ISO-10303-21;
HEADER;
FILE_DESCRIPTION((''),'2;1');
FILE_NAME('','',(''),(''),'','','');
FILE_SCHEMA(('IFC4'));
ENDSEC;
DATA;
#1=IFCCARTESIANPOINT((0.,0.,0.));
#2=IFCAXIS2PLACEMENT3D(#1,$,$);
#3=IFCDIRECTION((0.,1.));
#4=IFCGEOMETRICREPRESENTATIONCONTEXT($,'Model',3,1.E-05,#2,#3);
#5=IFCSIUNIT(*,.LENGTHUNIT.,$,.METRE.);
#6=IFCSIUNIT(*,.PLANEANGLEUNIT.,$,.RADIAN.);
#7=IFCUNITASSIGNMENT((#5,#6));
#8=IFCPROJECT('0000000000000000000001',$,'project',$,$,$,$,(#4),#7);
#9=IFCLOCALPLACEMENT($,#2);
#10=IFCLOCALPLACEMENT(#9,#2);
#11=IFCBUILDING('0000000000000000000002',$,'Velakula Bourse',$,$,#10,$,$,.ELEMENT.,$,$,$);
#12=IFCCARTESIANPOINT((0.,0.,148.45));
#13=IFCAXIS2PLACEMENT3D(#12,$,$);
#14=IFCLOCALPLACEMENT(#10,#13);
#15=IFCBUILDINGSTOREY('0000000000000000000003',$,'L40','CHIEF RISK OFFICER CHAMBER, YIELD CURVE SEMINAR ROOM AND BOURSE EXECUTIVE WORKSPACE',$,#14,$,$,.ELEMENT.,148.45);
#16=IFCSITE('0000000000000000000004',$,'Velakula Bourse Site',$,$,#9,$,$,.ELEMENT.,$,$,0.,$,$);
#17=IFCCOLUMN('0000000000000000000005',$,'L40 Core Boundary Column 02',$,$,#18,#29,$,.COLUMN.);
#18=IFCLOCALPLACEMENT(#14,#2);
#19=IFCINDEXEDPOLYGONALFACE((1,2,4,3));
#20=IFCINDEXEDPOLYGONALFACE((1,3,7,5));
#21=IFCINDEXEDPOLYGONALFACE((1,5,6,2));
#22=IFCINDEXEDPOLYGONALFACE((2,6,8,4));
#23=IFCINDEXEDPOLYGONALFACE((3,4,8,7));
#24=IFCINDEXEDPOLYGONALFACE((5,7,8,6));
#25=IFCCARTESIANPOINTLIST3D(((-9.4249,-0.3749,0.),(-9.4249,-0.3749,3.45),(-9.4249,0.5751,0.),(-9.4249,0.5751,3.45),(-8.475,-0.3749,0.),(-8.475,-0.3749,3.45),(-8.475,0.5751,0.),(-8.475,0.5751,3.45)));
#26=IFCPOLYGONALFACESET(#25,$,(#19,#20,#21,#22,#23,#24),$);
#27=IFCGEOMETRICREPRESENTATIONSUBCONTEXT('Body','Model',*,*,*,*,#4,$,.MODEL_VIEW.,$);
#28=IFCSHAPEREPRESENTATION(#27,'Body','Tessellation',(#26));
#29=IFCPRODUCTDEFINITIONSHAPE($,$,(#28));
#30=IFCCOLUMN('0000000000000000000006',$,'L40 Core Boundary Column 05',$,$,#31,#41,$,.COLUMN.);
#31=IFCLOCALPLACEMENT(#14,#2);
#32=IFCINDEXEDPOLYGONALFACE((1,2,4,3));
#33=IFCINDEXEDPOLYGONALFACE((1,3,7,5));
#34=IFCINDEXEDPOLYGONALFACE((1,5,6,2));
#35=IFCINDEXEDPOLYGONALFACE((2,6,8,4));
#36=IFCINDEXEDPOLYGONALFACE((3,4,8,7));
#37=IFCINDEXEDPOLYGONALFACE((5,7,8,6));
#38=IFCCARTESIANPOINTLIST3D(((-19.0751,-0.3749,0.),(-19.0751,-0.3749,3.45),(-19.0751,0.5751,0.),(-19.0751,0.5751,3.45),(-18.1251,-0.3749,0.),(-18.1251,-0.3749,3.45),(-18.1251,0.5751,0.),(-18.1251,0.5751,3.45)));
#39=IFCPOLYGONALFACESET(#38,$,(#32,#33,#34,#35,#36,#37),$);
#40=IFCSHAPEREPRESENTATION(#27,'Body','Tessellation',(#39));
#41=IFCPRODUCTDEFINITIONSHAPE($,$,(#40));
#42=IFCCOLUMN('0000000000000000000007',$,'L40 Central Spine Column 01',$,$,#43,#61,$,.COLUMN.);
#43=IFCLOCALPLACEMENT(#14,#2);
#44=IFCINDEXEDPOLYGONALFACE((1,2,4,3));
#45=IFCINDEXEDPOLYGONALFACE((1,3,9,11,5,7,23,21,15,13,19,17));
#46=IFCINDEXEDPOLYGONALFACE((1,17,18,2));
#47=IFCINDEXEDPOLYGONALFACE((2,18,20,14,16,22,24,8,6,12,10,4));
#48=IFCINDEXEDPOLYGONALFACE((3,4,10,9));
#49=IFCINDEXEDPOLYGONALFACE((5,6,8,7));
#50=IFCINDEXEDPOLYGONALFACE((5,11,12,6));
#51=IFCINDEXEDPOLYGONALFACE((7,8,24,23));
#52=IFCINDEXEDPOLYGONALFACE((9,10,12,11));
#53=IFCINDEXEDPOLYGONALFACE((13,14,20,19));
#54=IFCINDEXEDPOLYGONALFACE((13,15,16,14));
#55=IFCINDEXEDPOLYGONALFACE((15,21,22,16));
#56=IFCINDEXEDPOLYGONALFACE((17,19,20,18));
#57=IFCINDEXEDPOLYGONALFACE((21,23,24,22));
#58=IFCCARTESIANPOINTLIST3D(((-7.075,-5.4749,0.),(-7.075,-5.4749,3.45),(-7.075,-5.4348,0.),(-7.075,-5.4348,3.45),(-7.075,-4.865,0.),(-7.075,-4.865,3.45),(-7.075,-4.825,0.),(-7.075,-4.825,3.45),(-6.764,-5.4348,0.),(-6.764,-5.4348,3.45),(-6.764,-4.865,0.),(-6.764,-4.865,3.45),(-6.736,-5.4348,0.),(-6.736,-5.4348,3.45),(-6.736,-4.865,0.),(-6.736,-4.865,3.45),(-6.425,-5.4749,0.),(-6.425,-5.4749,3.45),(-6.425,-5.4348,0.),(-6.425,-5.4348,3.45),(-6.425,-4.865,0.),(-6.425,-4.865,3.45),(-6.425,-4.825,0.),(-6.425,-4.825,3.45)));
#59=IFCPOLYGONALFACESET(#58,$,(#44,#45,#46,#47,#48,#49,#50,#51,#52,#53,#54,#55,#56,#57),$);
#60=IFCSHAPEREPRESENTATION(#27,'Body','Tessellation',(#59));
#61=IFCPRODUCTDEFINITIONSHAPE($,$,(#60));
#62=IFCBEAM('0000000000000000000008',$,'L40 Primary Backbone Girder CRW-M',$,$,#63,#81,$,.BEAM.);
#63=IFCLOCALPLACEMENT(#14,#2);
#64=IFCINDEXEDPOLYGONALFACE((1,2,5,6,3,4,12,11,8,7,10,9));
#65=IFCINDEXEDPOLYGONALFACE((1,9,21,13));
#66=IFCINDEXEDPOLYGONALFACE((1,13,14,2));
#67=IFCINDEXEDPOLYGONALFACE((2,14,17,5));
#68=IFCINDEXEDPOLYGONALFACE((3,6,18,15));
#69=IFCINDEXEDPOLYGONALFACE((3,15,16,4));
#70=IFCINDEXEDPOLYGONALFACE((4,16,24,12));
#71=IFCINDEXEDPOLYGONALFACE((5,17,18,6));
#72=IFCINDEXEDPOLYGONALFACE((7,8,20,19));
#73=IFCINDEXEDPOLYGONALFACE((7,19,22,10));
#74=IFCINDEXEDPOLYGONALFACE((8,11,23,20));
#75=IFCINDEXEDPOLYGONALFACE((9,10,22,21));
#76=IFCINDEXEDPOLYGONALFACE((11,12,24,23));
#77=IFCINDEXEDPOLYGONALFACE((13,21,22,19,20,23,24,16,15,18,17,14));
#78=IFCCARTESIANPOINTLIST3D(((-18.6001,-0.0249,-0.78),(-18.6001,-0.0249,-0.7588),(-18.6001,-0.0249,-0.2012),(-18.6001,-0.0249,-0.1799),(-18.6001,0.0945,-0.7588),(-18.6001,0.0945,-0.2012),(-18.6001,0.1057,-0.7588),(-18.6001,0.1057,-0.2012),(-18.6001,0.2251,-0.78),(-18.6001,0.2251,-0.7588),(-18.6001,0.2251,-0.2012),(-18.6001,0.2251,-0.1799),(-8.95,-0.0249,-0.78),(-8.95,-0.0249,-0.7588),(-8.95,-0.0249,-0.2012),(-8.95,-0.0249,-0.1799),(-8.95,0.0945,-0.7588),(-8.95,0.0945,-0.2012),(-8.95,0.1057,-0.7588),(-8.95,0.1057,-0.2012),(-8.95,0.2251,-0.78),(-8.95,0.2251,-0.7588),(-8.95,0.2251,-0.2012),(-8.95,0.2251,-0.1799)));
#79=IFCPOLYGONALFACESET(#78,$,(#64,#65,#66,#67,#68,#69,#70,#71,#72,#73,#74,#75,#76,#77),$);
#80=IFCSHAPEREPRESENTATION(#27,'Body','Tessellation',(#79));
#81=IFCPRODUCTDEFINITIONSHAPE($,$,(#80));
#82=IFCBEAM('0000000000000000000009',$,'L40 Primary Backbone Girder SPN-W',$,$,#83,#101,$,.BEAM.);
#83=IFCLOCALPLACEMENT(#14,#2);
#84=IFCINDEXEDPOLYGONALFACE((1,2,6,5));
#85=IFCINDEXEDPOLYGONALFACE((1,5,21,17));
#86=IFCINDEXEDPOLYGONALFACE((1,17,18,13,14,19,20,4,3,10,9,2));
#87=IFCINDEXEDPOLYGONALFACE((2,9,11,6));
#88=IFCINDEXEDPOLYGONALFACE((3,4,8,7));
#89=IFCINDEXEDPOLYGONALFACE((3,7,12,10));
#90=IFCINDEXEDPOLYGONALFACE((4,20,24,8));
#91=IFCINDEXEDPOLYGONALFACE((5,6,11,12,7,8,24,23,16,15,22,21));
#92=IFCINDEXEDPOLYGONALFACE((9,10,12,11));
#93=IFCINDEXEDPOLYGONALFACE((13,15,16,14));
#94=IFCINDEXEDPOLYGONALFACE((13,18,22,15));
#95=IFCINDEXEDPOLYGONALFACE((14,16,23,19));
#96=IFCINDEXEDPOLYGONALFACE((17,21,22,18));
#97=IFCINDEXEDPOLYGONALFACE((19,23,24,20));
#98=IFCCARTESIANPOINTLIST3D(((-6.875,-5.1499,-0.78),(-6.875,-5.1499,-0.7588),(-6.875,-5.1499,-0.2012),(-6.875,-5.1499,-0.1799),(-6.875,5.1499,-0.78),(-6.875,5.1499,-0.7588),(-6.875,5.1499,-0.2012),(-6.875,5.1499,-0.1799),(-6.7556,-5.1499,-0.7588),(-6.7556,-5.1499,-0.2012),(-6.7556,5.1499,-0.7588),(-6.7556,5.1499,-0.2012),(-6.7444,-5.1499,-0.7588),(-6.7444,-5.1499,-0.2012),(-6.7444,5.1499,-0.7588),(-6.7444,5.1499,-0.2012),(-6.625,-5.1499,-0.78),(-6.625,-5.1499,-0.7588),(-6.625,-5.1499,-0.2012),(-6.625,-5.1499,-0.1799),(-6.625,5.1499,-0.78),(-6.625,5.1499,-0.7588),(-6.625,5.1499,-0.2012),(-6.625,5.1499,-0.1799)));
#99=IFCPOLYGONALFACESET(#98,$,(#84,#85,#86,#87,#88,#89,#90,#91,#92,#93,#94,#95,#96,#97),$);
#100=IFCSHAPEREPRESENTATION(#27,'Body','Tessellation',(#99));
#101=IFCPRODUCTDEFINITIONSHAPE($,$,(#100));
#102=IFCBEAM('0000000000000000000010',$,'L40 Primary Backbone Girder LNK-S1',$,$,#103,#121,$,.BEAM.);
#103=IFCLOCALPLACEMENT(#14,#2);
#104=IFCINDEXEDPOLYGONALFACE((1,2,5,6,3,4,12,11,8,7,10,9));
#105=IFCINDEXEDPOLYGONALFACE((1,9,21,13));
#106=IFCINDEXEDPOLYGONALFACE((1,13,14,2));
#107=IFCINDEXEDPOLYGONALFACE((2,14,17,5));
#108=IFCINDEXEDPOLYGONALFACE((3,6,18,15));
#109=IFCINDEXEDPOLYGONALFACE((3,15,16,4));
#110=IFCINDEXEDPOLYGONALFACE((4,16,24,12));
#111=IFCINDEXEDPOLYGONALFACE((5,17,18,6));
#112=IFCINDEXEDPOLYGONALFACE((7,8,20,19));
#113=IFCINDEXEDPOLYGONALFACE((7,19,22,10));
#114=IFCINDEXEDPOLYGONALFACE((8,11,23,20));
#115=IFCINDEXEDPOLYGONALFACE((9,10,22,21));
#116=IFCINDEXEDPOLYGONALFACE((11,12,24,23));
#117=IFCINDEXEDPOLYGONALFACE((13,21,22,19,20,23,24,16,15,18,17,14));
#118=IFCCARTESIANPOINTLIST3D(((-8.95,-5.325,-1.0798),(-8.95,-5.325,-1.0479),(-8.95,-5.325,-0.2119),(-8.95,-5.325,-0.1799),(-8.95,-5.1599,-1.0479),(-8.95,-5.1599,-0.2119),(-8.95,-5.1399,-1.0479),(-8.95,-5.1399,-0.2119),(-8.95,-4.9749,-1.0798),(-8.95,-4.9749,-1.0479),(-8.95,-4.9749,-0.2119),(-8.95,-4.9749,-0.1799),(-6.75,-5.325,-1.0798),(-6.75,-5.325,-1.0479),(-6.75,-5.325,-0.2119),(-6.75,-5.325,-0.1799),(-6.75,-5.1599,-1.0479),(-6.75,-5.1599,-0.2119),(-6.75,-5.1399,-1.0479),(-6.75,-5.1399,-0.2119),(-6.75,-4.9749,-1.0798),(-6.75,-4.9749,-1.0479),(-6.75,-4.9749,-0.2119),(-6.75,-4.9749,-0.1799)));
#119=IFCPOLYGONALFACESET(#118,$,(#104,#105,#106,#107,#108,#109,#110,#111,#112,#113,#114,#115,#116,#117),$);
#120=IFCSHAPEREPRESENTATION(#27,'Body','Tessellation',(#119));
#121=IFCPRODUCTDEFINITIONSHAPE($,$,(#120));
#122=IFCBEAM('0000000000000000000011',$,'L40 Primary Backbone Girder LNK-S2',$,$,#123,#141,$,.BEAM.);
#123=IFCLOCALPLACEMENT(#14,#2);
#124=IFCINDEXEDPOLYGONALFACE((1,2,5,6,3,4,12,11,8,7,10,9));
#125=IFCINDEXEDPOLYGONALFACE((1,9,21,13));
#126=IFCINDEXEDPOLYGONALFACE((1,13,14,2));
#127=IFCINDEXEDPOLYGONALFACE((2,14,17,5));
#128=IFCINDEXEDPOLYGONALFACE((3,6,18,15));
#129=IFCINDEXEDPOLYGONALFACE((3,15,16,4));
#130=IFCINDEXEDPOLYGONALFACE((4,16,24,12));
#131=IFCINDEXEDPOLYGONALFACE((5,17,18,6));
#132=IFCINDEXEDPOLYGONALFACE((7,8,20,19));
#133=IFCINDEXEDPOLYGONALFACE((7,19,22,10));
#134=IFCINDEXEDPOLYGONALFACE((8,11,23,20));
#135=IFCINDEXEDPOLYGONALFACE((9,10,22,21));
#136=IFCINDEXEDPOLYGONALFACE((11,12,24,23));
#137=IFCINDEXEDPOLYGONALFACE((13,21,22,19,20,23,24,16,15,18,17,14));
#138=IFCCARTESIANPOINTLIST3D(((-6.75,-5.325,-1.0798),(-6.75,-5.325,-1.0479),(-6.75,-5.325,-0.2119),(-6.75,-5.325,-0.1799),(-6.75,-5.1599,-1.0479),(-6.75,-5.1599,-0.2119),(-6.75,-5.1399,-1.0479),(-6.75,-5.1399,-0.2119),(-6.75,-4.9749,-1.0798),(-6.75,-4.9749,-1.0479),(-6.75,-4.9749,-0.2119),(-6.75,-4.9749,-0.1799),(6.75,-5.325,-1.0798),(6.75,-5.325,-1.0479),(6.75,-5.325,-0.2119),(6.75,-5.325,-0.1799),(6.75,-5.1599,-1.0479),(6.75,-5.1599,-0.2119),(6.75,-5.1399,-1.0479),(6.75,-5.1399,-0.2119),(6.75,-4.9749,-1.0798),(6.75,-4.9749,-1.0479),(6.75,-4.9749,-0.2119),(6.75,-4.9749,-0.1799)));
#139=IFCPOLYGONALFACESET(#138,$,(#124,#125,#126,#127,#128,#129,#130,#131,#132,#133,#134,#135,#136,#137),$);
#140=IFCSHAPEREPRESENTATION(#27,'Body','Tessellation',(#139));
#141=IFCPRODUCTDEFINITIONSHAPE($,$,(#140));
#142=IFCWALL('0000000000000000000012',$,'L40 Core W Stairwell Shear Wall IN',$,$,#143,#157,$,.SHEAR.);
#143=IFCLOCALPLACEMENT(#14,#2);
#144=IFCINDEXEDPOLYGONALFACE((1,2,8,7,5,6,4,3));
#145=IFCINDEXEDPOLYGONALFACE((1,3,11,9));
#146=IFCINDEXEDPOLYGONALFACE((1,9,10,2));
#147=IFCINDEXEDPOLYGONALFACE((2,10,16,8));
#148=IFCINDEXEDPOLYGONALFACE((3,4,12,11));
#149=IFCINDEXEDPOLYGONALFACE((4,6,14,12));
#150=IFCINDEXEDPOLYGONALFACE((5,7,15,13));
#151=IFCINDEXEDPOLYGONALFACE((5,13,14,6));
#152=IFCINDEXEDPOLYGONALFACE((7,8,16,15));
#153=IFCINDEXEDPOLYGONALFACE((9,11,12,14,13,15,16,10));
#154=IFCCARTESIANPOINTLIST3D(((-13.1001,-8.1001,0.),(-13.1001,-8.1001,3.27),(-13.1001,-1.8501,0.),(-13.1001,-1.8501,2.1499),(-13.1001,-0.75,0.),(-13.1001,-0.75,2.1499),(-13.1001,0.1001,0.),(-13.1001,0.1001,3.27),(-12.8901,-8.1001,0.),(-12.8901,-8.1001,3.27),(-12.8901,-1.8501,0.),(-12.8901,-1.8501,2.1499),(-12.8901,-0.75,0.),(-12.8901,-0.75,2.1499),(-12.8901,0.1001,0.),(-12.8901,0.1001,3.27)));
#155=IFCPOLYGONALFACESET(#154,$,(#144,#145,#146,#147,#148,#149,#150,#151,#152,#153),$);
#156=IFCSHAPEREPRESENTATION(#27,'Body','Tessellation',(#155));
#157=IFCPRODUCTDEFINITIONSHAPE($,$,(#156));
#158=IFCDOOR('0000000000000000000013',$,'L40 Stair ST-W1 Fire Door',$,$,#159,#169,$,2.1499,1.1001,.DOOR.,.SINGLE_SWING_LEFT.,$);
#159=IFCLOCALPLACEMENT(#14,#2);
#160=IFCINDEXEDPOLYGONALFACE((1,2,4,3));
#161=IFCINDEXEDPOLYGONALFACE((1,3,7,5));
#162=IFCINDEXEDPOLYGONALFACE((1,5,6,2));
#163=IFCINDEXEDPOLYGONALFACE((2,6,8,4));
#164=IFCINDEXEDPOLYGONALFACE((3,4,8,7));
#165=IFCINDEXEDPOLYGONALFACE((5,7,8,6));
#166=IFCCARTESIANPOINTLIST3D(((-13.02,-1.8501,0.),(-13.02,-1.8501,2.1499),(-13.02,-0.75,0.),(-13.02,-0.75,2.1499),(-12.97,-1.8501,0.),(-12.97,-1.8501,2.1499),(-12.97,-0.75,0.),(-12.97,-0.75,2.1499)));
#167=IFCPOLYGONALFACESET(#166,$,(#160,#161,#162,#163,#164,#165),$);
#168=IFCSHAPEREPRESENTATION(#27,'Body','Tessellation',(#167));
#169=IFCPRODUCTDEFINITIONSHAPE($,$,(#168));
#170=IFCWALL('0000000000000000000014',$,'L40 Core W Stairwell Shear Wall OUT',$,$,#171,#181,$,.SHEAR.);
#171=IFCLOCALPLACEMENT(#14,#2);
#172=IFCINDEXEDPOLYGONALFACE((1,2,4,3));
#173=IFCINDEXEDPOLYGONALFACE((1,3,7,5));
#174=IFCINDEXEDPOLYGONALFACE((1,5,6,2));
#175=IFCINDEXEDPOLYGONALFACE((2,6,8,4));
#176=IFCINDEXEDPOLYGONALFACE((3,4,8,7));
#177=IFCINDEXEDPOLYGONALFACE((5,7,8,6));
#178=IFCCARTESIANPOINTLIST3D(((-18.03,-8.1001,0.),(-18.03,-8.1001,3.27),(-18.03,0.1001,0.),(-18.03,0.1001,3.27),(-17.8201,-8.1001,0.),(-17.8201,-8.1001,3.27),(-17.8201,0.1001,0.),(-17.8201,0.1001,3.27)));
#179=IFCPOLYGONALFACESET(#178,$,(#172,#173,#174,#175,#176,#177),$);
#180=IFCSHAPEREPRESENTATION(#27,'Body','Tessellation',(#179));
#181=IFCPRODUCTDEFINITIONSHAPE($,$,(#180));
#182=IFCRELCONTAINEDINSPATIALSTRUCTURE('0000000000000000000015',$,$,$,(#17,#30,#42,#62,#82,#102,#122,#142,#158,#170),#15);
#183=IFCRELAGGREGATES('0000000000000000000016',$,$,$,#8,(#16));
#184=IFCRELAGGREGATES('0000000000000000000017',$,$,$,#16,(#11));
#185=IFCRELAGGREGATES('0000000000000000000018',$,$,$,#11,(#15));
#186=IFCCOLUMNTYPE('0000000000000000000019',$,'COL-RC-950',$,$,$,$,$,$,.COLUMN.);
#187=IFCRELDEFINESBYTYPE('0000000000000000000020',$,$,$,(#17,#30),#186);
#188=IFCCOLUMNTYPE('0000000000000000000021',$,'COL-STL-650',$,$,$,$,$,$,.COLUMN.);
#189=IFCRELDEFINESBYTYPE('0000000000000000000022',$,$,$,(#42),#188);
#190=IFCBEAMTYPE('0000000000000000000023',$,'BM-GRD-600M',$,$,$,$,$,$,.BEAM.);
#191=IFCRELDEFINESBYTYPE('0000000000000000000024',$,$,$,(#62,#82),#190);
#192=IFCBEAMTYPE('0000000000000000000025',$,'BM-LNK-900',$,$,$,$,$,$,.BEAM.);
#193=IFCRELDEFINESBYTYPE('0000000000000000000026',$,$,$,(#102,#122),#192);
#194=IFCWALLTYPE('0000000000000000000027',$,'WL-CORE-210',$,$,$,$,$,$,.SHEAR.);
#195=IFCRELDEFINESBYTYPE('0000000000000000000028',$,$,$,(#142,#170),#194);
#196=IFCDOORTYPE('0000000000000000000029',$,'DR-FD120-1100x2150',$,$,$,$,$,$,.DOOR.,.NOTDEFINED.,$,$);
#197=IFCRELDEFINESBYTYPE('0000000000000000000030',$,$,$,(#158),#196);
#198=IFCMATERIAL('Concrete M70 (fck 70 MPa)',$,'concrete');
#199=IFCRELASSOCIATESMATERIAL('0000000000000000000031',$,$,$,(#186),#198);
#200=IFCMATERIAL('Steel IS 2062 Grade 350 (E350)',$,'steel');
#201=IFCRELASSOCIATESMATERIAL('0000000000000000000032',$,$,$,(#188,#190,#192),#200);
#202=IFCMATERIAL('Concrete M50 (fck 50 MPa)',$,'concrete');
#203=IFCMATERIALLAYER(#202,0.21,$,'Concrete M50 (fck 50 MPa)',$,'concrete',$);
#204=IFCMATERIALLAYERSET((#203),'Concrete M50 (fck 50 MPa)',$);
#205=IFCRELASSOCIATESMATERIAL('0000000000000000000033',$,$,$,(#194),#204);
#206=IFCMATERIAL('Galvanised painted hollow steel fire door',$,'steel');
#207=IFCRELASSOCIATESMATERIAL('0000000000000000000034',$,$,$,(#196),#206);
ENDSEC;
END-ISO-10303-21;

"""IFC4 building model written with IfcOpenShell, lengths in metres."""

from ifc_helpers import new_model, si_unit, direction, frame, frame_2d, origin, origin_2d, place, context, subcontext, project, spatial, rectangle, i_section, extrude, material, layer, layer_set, material_profile, profile_set, type_object, element, fill, save


model = new_model("IFC4")

# Units and contexts
model_context = context("Model", 3, precision=1e-05, world=origin(), true_north=direction((0.0, 1.0)))
body_context = subcontext(model_context, "Body", "Model", "MODEL_VIEW")
ifc_project = project(units=[si_unit("LENGTHUNIT", "METRE"), si_unit("PLANEANGLEUNIT", "RADIAN")], contexts=[model_context])

# Site, building, storey
site_placement = place(None, origin())
site = spatial("IfcSite", under=ifc_project, at=site_placement, Name="Velakula Bourse Site", CompositionType="ELEMENT", RefElevation=0.0)
building_placement = place(site_placement, origin())
building = spatial("IfcBuilding", under=site, at=building_placement, Name="Velakula Bourse", CompositionType="ELEMENT")
storey_placement = place(building_placement, frame((0.0, 0.0, 148.45)))
storey = spatial("IfcBuildingStorey", under=building, at=storey_placement, Name="L40", Description="CHIEF RISK OFFICER CHAMBER, YIELD CURVE SEMINAR ROOM AND BOURSE EXECUTIVE WORKSPACE", CompositionType="ELEMENT", Elevation=148.45)

# Columns
ifc_material_1 = material(Name="Concrete M70 (fck 70 MPa)", Category="concrete")
ifc_material_profile_1 = material_profile(ifc_material_1, rectangle(XDim=0.95, YDim=0.95, at=origin_2d()), Name="Concrete M70 (fck 70 MPa)")
ifc_profile_set_1 = profile_set([ifc_material_profile_1], Name="Concrete M70 (fck 70 MPa)")
column_type_1 = type_object("IfcColumnType", Name="COL-RC-950", PredefinedType="COLUMN", material=ifc_profile_set_1)
for number, where, z_axis, x_axis, name in (
    (1, (-8.95, 0.1001, 0.0), (0.0, 0.0, 1.0), (1.0, 0.0, 0.0), "L40 Core Boundary Column 02"),
    (2, (-18.6001, 0.1001, 0.0), (0.0, 0.0, 1.0), (1.0, 0.0, 0.0), "L40 Core Boundary Column 05"),
):
    element("IfcColumn", number, at=place(storey_placement, frame(where, z_axis=z_axis, x_axis=x_axis)), inside=storey, type_object=column_type_1, Name=name, PredefinedType="COLUMN", context=body_context, shape_type="SweptSolid", body=[
        extrude(rectangle(XDim=0.95, YDim=0.95, at=origin_2d()), origin(), (0.0, 0.0, 1.0), 3.45),
    ])
ifc_material_2 = material(Name="Steel IS 2062 Grade 350 (E350)", Category="steel")
ifc_material_profile_2 = material_profile(ifc_material_2, i_section(OverallWidth=0.6499, OverallDepth=0.6499, WebThickness=0.0281, FlangeThickness=0.04, at=origin_2d()), Name="Steel IS 2062 Grade 350 (E350)")
ifc_profile_set_2 = profile_set([ifc_material_profile_2], Name="Steel IS 2062 Grade 350 (E350)")
column_type_2 = type_object("IfcColumnType", Name="COL-STL-650", PredefinedType="COLUMN", material=ifc_profile_set_2)
column_placement = place(storey_placement, frame((-6.75, -5.1499, 0.0), z_axis=(0.0, 0.0, 1.0), x_axis=(1.0, 0.0, 0.0)))
element("IfcColumn", 3, at=column_placement, inside=storey, type_object=column_type_2, Name="L40 Central Spine Column 01", PredefinedType="COLUMN", context=body_context, shape_type="SweptSolid", body=[
    extrude(i_section(OverallWidth=0.6499, OverallDepth=0.6499, WebThickness=0.0281, FlangeThickness=0.04, at=origin_2d()), origin(), (0.0, 0.0, 1.0), 3.45),
])

# Beams
ifc_material_profile_3 = material_profile(ifc_material_2, i_section(OverallWidth=0.25, OverallDepth=0.6001, WebThickness=0.0112, FlangeThickness=0.0212, at=origin_2d()), Name="Steel IS 2062 Grade 350 (E350)")
ifc_profile_set_3 = profile_set([ifc_material_profile_3], Name="Steel IS 2062 Grade 350 (E350)")
beam_type_1 = type_object("IfcBeamType", Name="BM-GRD-600M", PredefinedType="BEAM", material=ifc_profile_set_3)
beam_1_placement = place(storey_placement, frame((-18.6001, 0.1001, -0.48), z_axis=(1.0, 0.0, 0.0), x_axis=(0.0, 1.0, 0.0)))
element("IfcBeam", 4, at=beam_1_placement, inside=storey, type_object=beam_type_1, Name="L40 Primary Backbone Girder CRW-M", PredefinedType="BEAM", context=body_context, shape_type="SweptSolid", body=[
    extrude(i_section(OverallWidth=0.25, OverallDepth=0.6001, WebThickness=0.0112, FlangeThickness=0.0212, at=origin_2d()), origin(), (0.0, 0.0, 1.0), 9.6501),
])
beam_2_placement = place(storey_placement, frame((-6.75, -5.1499, -0.48), z_axis=(0.0, 1.0, 0.0), x_axis=(-1.0, 0.0, 0.0)))
element("IfcBeam", 5, at=beam_2_placement, inside=storey, type_object=beam_type_1, Name="L40 Primary Backbone Girder SPN-W", PredefinedType="BEAM", context=body_context, shape_type="SweptSolid", body=[
    extrude(i_section(OverallWidth=0.25, OverallDepth=0.6001, WebThickness=0.0112, FlangeThickness=0.0212, at=origin_2d()), origin(), (0.0, 0.0, 1.0), 10.2998),
])
ifc_material_profile_4 = material_profile(ifc_material_2, i_section(OverallWidth=0.3501, OverallDepth=0.8999, WebThickness=0.02, FlangeThickness=0.032, at=origin_2d()), Name="Steel IS 2062 Grade 350 (E350)")
ifc_profile_set_4 = profile_set([ifc_material_profile_4], Name="Steel IS 2062 Grade 350 (E350)")
beam_type_2 = type_object("IfcBeamType", Name="BM-LNK-900", PredefinedType="BEAM", material=ifc_profile_set_4)
beam_3_placement = place(storey_placement, frame((-8.95, -5.1499, -0.6299), z_axis=(1.0, 0.0, 0.0), x_axis=(0.0, 1.0, 0.0)))
element("IfcBeam", 6, at=beam_3_placement, inside=storey, type_object=beam_type_2, Name="L40 Primary Backbone Girder LNK-S1", PredefinedType="BEAM", context=body_context, shape_type="SweptSolid", body=[
    extrude(i_section(OverallWidth=0.3501, OverallDepth=0.8999, WebThickness=0.02, FlangeThickness=0.032, at=origin_2d()), origin(), (0.0, 0.0, 1.0), 2.2),
])
beam_4_placement = place(storey_placement, frame((-6.75, -5.1499, -0.6299), z_axis=(1.0, 0.0, 0.0), x_axis=(0.0, 1.0, 0.0)))
element("IfcBeam", 7, at=beam_4_placement, inside=storey, type_object=beam_type_2, Name="L40 Primary Backbone Girder LNK-S2", PredefinedType="BEAM", context=body_context, shape_type="SweptSolid", body=[
    extrude(i_section(OverallWidth=0.3501, OverallDepth=0.8999, WebThickness=0.02, FlangeThickness=0.032, at=origin_2d()), origin(), (0.0, 0.0, 1.0), 13.5),
])

# Wall, opening, door
ifc_material_3 = material(Name="Concrete M50 (fck 50 MPa)", Category="concrete")
ifc_layer_1 = layer(ifc_material_3, 0.21, Name="Concrete M50 (fck 50 MPa)", Category="concrete")
ifc_layer_set_1 = layer_set([ifc_layer_1], Name="Concrete M50 (fck 50 MPa)")
wall_type_1 = type_object("IfcWallType", Name="WL-CORE-210", PredefinedType="SHEAR", material=ifc_layer_set_1)
wall_1_placement = place(storey_placement, frame((-12.9951, -8.1001, 0.0), z_axis=(0.0, 0.0, 1.0), x_axis=(0.0, 1.0, 0.0)))
wall_1 = element("IfcWall", 8, at=wall_1_placement, inside=storey, type_object=wall_type_1, Name="L40 Core W Stairwell Shear Wall IN", PredefinedType="SHEAR", context=body_context, shape_type="SweptSolid", body=[
    extrude(rectangle(XDim=8.2002, YDim=0.21, at=frame_2d((4.1001, 0.0))), origin(), (0.0, 0.0, 1.0), 3.27),
])
opening_1_placement = place(wall_1_placement, frame((6.25, 0.0, 0.0)))
opening_1 = element("IfcOpeningElement", 9, at=opening_1_placement, cuts=wall_1, PredefinedType="OPENING", context=body_context, shape_type="SweptSolid", body=[
    extrude(rectangle(XDim=1.1001, YDim=2.1499, at=frame_2d((0.55, 1.075))), frame((0.0, 0.115, 0.0), z_axis=(0.0, -1.0, 0.0), x_axis=(1.0, 0.0, 0.0)), (0.0, 0.0, 1.0), 0.23),
])
ifc_material_4 = material(Name="Galvanised painted hollow steel fire door", Category="steel")
door_type_1 = type_object("IfcDoorType", Name="DR-FD120-1100x2150", OperationType="NOTDEFINED", PredefinedType="DOOR", material=ifc_material_4)
door_1_placement = place(opening_1_placement, origin())
door_1 = element("IfcDoor", 10, at=door_1_placement, inside=storey, type_object=door_type_1, Name="L40 Stair ST-W1 Fire Door", OperationType="SINGLE_SWING_LEFT", OverallHeight=2.1499, OverallWidth=1.1001, PredefinedType="DOOR", context=body_context, shape_type="SweptSolid", body=[
    extrude(rectangle(XDim=1.1001, YDim=2.1499, at=frame_2d((0.55, 1.075))), frame((0.0, 0.0249, 0.0), z_axis=(0.0, -1.0, 0.0), x_axis=(1.0, 0.0, 0.0)), (0.0, 0.0, 1.0), 0.05),
])
fill(opening_1, door_1)

# Wall
wall_2_placement = place(storey_placement, frame((-17.925, -8.1001, 0.0), z_axis=(0.0, 0.0, 1.0), x_axis=(0.0, 1.0, 0.0)))
element("IfcWall", 11, at=wall_2_placement, inside=storey, type_object=wall_type_1, Name="L40 Core W Stairwell Shear Wall OUT", PredefinedType="SHEAR", context=body_context, shape_type="SweptSolid", body=[
    extrude(rectangle(XDim=8.2002, YDim=0.21, at=frame_2d((4.1001, 0.0))), origin(), (0.0, 0.0, 1.0), 3.27),
])

save(model, "model.ifc")
